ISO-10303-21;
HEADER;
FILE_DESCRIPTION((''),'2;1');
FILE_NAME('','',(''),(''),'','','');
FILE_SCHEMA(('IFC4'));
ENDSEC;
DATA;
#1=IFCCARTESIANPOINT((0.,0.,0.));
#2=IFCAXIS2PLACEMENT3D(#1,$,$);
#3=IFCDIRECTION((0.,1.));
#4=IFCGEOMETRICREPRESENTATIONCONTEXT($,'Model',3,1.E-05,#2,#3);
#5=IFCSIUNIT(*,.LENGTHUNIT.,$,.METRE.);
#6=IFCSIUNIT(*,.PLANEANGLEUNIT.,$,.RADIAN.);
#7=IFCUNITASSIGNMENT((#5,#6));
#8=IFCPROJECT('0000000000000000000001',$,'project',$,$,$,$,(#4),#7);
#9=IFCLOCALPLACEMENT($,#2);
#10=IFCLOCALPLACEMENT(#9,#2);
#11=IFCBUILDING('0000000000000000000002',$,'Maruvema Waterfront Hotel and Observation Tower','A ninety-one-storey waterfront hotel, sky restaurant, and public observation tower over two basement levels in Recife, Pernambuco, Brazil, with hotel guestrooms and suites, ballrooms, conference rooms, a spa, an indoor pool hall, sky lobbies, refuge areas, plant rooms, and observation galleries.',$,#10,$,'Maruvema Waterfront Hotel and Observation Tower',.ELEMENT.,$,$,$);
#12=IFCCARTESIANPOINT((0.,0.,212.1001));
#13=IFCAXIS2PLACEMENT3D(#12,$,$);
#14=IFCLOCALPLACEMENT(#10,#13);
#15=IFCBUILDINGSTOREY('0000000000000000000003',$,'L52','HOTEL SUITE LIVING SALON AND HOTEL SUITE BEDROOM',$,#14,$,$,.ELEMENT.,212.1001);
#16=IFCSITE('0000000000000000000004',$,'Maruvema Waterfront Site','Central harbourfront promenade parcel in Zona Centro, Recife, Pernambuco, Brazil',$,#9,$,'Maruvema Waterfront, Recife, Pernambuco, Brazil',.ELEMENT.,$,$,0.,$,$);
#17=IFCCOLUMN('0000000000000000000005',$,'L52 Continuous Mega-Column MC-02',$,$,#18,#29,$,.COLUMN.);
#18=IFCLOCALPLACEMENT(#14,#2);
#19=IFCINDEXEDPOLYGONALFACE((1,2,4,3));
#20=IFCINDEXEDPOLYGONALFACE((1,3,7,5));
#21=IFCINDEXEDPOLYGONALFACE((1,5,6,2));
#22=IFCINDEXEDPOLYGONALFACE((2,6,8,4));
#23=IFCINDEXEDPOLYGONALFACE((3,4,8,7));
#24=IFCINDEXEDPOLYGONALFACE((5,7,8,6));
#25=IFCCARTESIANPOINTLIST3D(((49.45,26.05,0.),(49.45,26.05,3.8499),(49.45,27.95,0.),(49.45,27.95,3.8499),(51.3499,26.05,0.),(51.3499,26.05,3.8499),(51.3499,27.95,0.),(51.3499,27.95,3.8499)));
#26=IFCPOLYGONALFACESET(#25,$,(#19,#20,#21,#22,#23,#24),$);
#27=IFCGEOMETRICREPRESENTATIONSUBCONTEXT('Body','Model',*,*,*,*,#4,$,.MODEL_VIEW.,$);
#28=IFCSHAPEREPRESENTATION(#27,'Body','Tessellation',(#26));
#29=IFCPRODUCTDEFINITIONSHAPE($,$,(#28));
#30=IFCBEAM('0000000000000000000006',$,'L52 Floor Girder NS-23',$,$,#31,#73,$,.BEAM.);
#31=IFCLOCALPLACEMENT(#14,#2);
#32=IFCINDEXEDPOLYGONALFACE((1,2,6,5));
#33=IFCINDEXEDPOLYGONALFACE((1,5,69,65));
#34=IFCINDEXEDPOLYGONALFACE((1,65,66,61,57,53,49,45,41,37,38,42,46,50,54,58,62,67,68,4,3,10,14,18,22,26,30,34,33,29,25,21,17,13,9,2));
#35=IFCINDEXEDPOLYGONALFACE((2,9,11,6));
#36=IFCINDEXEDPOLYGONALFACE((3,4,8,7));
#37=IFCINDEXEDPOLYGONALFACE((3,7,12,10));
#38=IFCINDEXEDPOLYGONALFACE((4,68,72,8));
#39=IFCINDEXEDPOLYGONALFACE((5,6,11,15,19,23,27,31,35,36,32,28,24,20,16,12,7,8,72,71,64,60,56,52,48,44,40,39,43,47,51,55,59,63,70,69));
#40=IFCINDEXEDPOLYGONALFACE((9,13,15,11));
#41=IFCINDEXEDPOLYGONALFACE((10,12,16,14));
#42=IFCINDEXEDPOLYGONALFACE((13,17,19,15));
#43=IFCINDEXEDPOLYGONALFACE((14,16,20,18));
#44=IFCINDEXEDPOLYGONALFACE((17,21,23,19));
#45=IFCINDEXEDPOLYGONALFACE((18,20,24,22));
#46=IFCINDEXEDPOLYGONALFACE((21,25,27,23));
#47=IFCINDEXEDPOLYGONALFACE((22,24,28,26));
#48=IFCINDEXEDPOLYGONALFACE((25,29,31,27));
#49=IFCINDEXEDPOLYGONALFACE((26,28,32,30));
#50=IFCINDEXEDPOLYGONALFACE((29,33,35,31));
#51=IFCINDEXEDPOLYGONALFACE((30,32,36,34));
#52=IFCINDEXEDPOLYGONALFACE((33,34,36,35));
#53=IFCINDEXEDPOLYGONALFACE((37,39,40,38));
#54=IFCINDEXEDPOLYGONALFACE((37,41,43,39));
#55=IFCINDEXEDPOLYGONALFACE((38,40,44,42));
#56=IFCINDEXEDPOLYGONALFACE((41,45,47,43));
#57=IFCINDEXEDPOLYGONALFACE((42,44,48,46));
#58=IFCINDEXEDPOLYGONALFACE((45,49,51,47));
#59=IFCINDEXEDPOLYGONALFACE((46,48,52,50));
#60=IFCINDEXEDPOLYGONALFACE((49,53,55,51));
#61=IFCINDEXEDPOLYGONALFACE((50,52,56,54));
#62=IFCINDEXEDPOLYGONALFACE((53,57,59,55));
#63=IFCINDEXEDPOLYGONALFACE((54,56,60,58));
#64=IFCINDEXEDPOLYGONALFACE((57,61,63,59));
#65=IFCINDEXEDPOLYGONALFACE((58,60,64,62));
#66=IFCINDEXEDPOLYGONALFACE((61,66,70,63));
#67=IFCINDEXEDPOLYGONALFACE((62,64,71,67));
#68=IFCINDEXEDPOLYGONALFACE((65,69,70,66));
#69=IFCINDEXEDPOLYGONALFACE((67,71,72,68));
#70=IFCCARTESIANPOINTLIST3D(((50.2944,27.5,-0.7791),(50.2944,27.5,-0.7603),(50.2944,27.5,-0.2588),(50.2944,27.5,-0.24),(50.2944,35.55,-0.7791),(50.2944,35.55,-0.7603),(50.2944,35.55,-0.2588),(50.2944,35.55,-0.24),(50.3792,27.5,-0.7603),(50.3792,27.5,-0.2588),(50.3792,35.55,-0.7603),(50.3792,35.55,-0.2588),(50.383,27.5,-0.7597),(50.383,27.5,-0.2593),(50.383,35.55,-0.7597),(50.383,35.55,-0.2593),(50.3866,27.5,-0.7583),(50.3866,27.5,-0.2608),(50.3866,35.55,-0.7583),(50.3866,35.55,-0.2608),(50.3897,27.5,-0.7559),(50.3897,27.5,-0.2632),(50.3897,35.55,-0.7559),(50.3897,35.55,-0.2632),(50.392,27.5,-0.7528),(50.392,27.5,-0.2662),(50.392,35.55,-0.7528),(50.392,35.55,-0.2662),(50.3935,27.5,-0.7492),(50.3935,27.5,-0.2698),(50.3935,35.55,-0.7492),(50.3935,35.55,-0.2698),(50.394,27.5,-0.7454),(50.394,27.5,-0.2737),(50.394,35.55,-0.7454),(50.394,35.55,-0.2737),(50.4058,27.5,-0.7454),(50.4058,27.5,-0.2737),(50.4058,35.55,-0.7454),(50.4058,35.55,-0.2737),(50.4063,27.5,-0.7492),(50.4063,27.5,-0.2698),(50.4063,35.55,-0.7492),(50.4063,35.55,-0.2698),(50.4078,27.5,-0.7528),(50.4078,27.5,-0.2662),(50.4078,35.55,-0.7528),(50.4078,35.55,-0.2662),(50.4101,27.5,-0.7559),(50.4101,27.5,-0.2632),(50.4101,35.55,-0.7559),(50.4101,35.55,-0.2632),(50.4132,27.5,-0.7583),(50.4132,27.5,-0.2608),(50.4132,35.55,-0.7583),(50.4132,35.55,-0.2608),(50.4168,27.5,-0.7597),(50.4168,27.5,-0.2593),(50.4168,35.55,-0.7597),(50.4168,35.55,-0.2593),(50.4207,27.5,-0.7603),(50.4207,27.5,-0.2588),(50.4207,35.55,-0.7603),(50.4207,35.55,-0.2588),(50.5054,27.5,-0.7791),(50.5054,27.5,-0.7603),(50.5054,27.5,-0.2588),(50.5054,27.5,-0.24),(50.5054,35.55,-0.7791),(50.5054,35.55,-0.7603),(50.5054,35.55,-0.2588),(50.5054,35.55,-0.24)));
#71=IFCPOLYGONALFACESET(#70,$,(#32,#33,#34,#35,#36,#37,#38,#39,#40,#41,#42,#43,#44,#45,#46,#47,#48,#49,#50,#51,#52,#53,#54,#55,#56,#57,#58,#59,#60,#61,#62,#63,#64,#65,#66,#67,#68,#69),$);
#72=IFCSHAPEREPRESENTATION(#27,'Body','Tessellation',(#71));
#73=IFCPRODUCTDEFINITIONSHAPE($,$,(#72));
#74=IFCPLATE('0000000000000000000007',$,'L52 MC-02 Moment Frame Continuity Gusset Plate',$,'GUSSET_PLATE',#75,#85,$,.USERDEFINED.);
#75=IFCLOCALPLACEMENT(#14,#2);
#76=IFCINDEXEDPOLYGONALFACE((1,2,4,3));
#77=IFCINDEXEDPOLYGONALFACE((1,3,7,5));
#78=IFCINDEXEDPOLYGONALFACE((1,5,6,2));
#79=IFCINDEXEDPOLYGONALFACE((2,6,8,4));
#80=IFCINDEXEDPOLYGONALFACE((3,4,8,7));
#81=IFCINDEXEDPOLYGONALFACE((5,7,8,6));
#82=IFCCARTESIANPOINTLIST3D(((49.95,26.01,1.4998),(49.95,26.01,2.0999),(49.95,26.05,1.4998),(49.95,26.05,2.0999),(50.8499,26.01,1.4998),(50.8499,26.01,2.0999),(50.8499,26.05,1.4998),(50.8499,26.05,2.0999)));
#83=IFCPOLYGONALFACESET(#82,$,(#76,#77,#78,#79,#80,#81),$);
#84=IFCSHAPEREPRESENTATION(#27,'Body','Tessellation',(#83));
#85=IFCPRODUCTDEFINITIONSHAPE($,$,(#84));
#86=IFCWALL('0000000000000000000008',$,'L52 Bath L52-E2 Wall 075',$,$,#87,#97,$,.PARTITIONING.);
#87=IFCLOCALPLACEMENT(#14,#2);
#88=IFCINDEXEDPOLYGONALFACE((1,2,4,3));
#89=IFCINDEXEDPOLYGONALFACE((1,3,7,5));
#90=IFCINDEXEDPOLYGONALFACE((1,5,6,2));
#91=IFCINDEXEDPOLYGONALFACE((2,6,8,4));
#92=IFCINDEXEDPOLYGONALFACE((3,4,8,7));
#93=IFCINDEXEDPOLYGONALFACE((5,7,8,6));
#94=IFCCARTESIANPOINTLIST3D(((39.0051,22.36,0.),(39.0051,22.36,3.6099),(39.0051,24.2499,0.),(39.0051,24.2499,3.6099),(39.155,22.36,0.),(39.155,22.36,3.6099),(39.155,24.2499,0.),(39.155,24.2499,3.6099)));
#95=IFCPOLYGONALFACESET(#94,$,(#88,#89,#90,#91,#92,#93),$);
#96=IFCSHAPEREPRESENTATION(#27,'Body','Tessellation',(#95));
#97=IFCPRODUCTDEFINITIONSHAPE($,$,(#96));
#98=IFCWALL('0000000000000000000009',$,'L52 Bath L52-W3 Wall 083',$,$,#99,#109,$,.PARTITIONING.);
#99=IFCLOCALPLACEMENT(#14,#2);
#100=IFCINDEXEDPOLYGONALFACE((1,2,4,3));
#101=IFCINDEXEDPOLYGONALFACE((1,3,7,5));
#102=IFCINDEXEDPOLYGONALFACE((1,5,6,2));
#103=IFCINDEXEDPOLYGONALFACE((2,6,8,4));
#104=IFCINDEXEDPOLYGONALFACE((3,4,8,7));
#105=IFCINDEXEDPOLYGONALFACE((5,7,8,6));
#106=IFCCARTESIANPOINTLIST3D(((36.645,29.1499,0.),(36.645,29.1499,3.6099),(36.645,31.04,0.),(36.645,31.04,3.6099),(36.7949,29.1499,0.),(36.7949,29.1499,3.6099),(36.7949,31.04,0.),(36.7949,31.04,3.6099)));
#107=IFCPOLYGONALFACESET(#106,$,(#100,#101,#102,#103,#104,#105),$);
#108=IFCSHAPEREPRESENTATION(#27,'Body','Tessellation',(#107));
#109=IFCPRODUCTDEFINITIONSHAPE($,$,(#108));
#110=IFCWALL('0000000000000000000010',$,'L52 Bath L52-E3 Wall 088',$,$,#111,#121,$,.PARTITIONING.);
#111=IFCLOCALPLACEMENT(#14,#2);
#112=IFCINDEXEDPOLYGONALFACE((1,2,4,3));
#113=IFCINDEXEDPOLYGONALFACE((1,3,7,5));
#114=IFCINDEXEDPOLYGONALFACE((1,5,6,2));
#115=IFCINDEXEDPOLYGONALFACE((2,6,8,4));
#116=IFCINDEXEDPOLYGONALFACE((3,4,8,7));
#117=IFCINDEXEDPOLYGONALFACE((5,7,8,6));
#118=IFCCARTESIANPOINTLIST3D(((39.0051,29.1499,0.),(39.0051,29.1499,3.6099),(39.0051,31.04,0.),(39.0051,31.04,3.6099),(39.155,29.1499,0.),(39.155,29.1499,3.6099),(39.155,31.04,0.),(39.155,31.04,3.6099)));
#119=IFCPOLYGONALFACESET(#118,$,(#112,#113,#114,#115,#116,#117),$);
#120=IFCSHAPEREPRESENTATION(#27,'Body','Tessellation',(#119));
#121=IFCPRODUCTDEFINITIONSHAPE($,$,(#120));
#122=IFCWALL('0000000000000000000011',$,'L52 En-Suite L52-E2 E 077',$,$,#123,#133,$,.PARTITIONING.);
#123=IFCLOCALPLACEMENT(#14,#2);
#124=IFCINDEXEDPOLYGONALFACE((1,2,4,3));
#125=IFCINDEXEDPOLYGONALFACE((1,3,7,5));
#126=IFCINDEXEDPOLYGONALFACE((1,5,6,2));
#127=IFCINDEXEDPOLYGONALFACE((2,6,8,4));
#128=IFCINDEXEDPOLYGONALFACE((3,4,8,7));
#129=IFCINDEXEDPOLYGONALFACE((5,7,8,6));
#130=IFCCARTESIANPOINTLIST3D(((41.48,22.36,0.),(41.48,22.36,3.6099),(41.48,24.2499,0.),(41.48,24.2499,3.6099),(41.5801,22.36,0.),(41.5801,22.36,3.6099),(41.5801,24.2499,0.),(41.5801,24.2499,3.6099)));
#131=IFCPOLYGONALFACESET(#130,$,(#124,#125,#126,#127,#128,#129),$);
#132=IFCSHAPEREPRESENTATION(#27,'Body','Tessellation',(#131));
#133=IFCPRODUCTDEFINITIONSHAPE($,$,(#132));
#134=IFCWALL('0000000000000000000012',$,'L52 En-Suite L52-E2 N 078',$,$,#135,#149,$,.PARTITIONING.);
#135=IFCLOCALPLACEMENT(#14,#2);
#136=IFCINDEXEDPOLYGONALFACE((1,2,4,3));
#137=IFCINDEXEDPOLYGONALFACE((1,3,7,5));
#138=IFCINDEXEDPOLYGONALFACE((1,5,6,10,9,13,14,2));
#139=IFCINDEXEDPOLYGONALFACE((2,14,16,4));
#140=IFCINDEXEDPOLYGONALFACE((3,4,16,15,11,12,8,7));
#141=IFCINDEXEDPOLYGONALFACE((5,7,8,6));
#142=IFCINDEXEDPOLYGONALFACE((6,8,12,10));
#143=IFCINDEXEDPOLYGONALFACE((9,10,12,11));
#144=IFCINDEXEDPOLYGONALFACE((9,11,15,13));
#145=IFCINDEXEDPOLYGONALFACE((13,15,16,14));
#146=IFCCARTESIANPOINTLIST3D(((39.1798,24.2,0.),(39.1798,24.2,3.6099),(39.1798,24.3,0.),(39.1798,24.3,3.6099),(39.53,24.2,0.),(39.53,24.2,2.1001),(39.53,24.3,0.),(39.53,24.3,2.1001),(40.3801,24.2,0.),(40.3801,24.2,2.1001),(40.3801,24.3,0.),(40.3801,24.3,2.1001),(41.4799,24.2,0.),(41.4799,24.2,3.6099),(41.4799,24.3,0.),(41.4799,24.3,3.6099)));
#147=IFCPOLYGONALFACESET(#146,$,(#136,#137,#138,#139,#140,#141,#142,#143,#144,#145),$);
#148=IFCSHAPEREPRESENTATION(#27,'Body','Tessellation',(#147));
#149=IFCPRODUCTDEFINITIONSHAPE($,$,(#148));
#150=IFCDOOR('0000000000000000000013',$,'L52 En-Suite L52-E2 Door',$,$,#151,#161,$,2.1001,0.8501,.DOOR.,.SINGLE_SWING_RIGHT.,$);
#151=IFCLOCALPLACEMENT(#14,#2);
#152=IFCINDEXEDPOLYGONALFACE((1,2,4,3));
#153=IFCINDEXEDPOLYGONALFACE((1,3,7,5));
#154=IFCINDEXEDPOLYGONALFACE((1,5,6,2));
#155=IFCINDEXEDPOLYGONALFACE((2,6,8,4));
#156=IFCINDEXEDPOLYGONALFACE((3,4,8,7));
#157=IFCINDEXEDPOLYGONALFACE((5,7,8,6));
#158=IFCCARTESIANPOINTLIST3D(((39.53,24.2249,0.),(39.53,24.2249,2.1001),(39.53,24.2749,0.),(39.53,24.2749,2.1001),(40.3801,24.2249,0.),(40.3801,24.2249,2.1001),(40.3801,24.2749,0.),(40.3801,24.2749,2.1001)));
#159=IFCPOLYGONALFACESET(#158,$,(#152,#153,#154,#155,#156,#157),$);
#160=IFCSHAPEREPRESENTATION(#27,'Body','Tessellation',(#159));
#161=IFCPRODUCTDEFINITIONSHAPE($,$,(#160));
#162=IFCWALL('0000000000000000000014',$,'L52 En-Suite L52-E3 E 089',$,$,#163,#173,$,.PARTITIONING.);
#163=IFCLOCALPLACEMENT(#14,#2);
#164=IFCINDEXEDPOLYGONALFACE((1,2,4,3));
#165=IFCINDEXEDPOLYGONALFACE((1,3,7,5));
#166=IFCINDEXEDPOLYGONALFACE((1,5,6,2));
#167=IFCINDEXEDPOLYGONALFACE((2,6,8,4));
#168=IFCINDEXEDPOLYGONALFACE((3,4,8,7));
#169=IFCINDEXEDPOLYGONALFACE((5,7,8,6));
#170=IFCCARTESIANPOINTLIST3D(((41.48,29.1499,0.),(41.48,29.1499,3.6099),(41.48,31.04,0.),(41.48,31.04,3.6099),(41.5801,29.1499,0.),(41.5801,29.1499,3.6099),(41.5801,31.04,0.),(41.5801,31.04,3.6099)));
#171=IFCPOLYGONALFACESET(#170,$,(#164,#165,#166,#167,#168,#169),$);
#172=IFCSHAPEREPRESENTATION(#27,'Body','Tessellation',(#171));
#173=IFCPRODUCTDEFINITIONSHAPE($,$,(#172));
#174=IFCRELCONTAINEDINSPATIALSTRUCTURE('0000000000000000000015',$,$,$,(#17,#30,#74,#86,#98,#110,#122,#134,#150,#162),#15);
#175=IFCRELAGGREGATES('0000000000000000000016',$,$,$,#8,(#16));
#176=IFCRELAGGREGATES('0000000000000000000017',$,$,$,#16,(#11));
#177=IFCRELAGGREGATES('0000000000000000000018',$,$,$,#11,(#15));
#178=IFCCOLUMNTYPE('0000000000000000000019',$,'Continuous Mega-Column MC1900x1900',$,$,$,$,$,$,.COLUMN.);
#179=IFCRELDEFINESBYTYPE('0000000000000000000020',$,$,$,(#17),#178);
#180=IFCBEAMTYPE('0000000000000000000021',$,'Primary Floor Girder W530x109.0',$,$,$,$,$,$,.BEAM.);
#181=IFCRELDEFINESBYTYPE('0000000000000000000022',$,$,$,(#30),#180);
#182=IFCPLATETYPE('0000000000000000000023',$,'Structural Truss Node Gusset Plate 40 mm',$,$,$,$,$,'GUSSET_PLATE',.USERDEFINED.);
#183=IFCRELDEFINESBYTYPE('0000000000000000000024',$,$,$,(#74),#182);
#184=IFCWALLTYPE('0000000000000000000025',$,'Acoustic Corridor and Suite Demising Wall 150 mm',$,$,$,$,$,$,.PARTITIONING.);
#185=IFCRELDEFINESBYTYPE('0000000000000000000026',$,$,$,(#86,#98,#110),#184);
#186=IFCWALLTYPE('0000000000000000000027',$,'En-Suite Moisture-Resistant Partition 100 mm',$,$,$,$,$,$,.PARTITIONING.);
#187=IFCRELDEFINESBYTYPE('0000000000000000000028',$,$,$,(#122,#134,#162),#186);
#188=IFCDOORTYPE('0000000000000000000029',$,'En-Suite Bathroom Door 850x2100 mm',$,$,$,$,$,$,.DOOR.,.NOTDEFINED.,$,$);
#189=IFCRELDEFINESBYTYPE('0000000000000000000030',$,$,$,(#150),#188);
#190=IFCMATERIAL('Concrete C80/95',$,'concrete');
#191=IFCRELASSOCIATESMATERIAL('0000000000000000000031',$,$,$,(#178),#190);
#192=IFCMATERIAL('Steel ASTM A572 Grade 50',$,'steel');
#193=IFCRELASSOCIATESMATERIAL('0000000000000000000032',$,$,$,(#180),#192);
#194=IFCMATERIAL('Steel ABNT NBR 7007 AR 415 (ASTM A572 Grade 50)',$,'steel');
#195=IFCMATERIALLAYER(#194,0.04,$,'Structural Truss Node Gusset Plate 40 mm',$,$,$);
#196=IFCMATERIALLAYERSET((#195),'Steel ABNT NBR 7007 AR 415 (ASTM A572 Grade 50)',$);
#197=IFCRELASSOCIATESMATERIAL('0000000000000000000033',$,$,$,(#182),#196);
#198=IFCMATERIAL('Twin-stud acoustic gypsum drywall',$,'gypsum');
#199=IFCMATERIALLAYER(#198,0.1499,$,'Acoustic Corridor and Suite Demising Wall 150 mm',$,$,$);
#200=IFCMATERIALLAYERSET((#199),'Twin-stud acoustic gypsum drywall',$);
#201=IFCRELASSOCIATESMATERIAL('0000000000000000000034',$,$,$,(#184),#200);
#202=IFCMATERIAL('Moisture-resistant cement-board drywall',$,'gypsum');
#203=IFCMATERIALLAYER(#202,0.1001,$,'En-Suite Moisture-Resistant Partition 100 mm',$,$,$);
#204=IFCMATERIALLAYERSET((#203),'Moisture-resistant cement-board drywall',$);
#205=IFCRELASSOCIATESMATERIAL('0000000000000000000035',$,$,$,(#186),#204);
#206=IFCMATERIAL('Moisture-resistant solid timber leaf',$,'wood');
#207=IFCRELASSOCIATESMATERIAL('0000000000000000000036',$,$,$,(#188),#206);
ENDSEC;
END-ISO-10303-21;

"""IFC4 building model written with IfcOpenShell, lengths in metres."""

from ifc_helpers import new_model, si_unit, direction, frame, frame_2d, origin, origin_2d, place, context, subcontext, project, spatial, rectangle, i_section, extrude, material, layer, layer_set, material_profile, profile_set, type_object, element, fill, save


model = new_model("IFC4")

# Units and contexts
model_context = context("Model", 3, precision=1e-05, world=origin(), true_north=direction((0.0, 1.0)))
body_context = subcontext(model_context, "Body", "Model", "MODEL_VIEW")
ifc_project = project(units=[si_unit("LENGTHUNIT", "METRE"), si_unit("PLANEANGLEUNIT", "RADIAN")], contexts=[model_context])

# Site, building, storey
site_placement = place(None, origin())
site = spatial("IfcSite", under=ifc_project, at=site_placement, Name="Maruvema Waterfront Site", Description="Central harbourfront promenade parcel in Zona Centro, Recife, Pernambuco, Brazil", LongName="Maruvema Waterfront, Recife, Pernambuco, Brazil", CompositionType="ELEMENT", RefElevation=0.0)
building_placement = place(site_placement, origin())
building = spatial("IfcBuilding", under=site, at=building_placement, Name="Maruvema Waterfront Hotel and Observation Tower", Description="A ninety-one-storey waterfront hotel, sky restaurant, and public observation tower over two basement levels in Recife, Pernambuco, Brazil, with hotel guestrooms and suites, ballrooms, conference rooms, a spa, an indoor pool hall, sky lobbies, refuge areas, plant rooms, and observation galleries.", LongName="Maruvema Waterfront Hotel and Observation Tower", CompositionType="ELEMENT")
storey_placement = place(building_placement, frame((0.0, 0.0, 212.1001)))
storey = spatial("IfcBuildingStorey", under=building, at=storey_placement, Name="L52", Description="HOTEL SUITE LIVING SALON AND HOTEL SUITE BEDROOM", CompositionType="ELEMENT", Elevation=212.1001)

# Column
ifc_material_1 = material(Name="Concrete C80/95", Category="concrete")
ifc_material_profile_1 = material_profile(ifc_material_1, rectangle(XDim=1.8999, YDim=1.8999, at=origin_2d()), Name="MC1900x1900")
ifc_profile_set_1 = profile_set([ifc_material_profile_1], Name="Concrete C80/95")
column_type = type_object("IfcColumnType", Name="Continuous Mega-Column MC1900x1900", PredefinedType="COLUMN", material=ifc_profile_set_1)
column_placement = place(storey_placement, frame((50.3999, 27.0, 0.0), z_axis=(0.0, 0.0, 1.0), x_axis=(1.0, 0.0, 0.0)))
element("IfcColumn", 1, at=column_placement, inside=storey, type_object=column_type, Name="L52 Continuous Mega-Column MC-02", PredefinedType="COLUMN", context=body_context, shape_type="SweptSolid", body=[
    extrude(rectangle(XDim=1.8999, YDim=1.8999, at=origin_2d()), origin(), (0.0, 0.0, 1.0), 3.8499),
])

# Beam
ifc_material_2 = material(Name="Steel ASTM A572 Grade 50", Category="steel")
ifc_material_profile_2 = material_profile(ifc_material_2, i_section(OverallWidth=0.2109, OverallDepth=0.5391, WebThickness=0.0117, FlangeThickness=0.0188, FilletRadius=0.0149, at=origin_2d()), Name="W530x109.0")
ifc_profile_set_2 = profile_set([ifc_material_profile_2], Name="Steel ASTM A572 Grade 50")
beam_type = type_object("IfcBeamType", Name="Primary Floor Girder W530x109.0", PredefinedType="BEAM", material=ifc_profile_set_2)
beam_placement = place(storey_placement, frame((50.3999, 27.5, -0.5095), z_axis=(0.0, 1.0, 0.0), x_axis=(-1.0, 0.0, 0.0)))
element("IfcBeam", 2, at=beam_placement, inside=storey, type_object=beam_type, Name="L52 Floor Girder NS-23", PredefinedType="BEAM", context=body_context, shape_type="SweptSolid", body=[
    extrude(i_section(OverallWidth=0.2109, OverallDepth=0.5391, WebThickness=0.0117, FlangeThickness=0.0188, FilletRadius=0.0149, at=origin_2d()), origin(), (0.0, 0.0, 1.0), 8.05),
])

# Plate
ifc_material_3 = material(Name="Steel ABNT NBR 7007 AR 415 (ASTM A572 Grade 50)", Category="steel")
ifc_layer_1 = layer(ifc_material_3, 0.04, Name="Structural Truss Node Gusset Plate 40 mm")
ifc_layer_set_1 = layer_set([ifc_layer_1], Name="Steel ABNT NBR 7007 AR 415 (ASTM A572 Grade 50)")
plate_type = type_object("IfcPlateType", Name="Structural Truss Node Gusset Plate 40 mm", ElementType="GUSSET_PLATE", PredefinedType="USERDEFINED", material=ifc_layer_set_1)
plate_placement = place(storey_placement, frame((50.3999, 26.03, 1.4998), z_axis=(0.0, 0.0, 1.0), x_axis=(1.0, 0.0, 0.0)))
element("IfcPlate", 3, at=plate_placement, inside=storey, type_object=plate_type, Name="L52 MC-02 Moment Frame Continuity Gusset Plate", ObjectType="GUSSET_PLATE", PredefinedType="USERDEFINED", context=body_context, shape_type="SweptSolid", body=[
    extrude(rectangle(XDim=0.8999, YDim=0.04, at=origin_2d()), origin(), (0.0, 0.0, 1.0), 0.6001),
])

# Wall
ifc_material_4 = material(Name="Twin-stud acoustic gypsum drywall", Category="gypsum")
ifc_layer_2 = layer(ifc_material_4, 0.1499, Name="Acoustic Corridor and Suite Demising Wall 150 mm")
ifc_layer_set_2 = layer_set([ifc_layer_2], Name="Twin-stud acoustic gypsum drywall")
wall_type_1 = type_object("IfcWallType", Name="Acoustic Corridor and Suite Demising Wall 150 mm", PredefinedType="PARTITIONING", material=ifc_layer_set_2)
wall_1_placement = place(storey_placement, frame((39.0801, 22.3601, 0.0), z_axis=(0.0, 0.0, 1.0), x_axis=(0.0, 1.0, 0.0)))
element("IfcWall", 4, at=wall_1_placement, inside=storey, type_object=wall_type_1, Name="L52 Bath L52-E2 Wall 075", PredefinedType="PARTITIONING", context=body_context, shape_type="SweptSolid", body=[
    extrude(rectangle(XDim=1.8899, YDim=0.1499, at=frame_2d((0.9448, 0.0))), origin(), (0.0, 0.0, 1.0), 3.6099),
])

# Wall
wall_2_placement = place(storey_placement, frame((36.72, 29.1499, 0.0), z_axis=(0.0, 0.0, 1.0), x_axis=(0.0, 1.0, 0.0)))
element("IfcWall", 5, at=wall_2_placement, inside=storey, type_object=wall_type_1, Name="L52 Bath L52-W3 Wall 083", PredefinedType="PARTITIONING", context=body_context, shape_type="SweptSolid", body=[
    extrude(rectangle(XDim=1.8901, YDim=0.1499, at=frame_2d((0.9451, 0.0))), origin(), (0.0, 0.0, 1.0), 3.6099),
])

# Walls
wall_3_placement = place(storey_placement, frame((39.0801, 29.1499, 0.0), z_axis=(0.0, 0.0, 1.0), x_axis=(0.0, 1.0, 0.0)))
element("IfcWall", 6, at=wall_3_placement, inside=storey, type_object=wall_type_1, Name="L52 Bath L52-E3 Wall 088", PredefinedType="PARTITIONING", context=body_context, shape_type="SweptSolid", body=[
    extrude(rectangle(XDim=1.8901, YDim=0.1499, at=frame_2d((0.9451, 0.0))), origin(), (0.0, 0.0, 1.0), 3.6099),
])
ifc_material_5 = material(Name="Moisture-resistant cement-board drywall", Category="gypsum")
ifc_layer_3 = layer(ifc_material_5, 0.1001, Name="En-Suite Moisture-Resistant Partition 100 mm")
ifc_layer_set_3 = layer_set([ifc_layer_3], Name="Moisture-resistant cement-board drywall")
wall_type_2 = type_object("IfcWallType", Name="En-Suite Moisture-Resistant Partition 100 mm", PredefinedType="PARTITIONING", material=ifc_layer_set_3)
wall_4_placement = place(storey_placement, frame((41.53, 22.3601, 0.0), z_axis=(0.0, 0.0, 1.0), x_axis=(0.0, 1.0, 0.0)))
element("IfcWall", 7, at=wall_4_placement, inside=storey, type_object=wall_type_2, Name="L52 En-Suite L52-E2 E 077", PredefinedType="PARTITIONING", context=body_context, shape_type="SweptSolid", body=[
    extrude(rectangle(XDim=1.8899, YDim=0.1001, at=frame_2d((0.9448, 0.0))), origin(), (0.0, 0.0, 1.0), 3.6099),
])

# Wall, opening, door
wall_5_placement = place(storey_placement, frame((39.1799, 24.25, 0.0), z_axis=(0.0, 0.0, 1.0), x_axis=(1.0, 0.0, 0.0)))
wall_5 = element("IfcWall", 8, at=wall_5_placement, inside=storey, type_object=wall_type_2, Name="L52 En-Suite L52-E2 N 078", PredefinedType="PARTITIONING", context=body_context, shape_type="SweptSolid", body=[
    extrude(rectangle(XDim=2.3, YDim=0.1001, at=frame_2d((1.1499, 0.0))), origin(), (0.0, 0.0, 1.0), 3.6099),
])
opening_1_placement = place(wall_5_placement, frame((0.3501, 0.0, 0.0)))
opening_1 = element("IfcOpeningElement", 9, at=opening_1_placement, cuts=wall_5, PredefinedType="OPENING", context=body_context, shape_type="SweptSolid", body=[
    extrude(rectangle(XDim=0.8501, YDim=2.1001, at=frame_2d((0.425, 1.05))), frame((0.0, 0.0601, 0.0), z_axis=(0.0, -1.0, 0.0), x_axis=(1.0, 0.0, 0.0)), (0.0, 0.0, 1.0), 0.1201),
])
ifc_material_6 = material(Name="Moisture-resistant solid timber leaf", Category="wood")
door_type_1 = type_object("IfcDoorType", Name="En-Suite Bathroom Door 850x2100 mm", OperationType="NOTDEFINED", PredefinedType="DOOR", material=ifc_material_6)
door_1_placement = place(opening_1_placement, origin())
door_1 = element("IfcDoor", 10, at=door_1_placement, inside=storey, type_object=door_type_1, Name="L52 En-Suite L52-E2 Door", OperationType="SINGLE_SWING_RIGHT", OverallHeight=2.1001, OverallWidth=0.8501, PredefinedType="DOOR", context=body_context, shape_type="SweptSolid", body=[
    extrude(rectangle(XDim=0.8501, YDim=2.1001, at=frame_2d((0.425, 1.05))), frame((0.0, 0.0249, 0.0), z_axis=(0.0, -1.0, 0.0), x_axis=(1.0, 0.0, 0.0)), (0.0, 0.0, 1.0), 0.05),
])
fill(opening_1, door_1)

# Wall
wall_6_placement = place(storey_placement, frame((41.53, 29.1499, 0.0), z_axis=(0.0, 0.0, 1.0), x_axis=(0.0, 1.0, 0.0)))
element("IfcWall", 11, at=wall_6_placement, inside=storey, type_object=wall_type_2, Name="L52 En-Suite L52-E3 E 089", PredefinedType="PARTITIONING", context=body_context, shape_type="SweptSolid", body=[
    extrude(rectangle(XDim=1.8901, YDim=0.1001, at=frame_2d((0.9451, 0.0))), origin(), (0.0, 0.0, 1.0), 3.6099),
])

save(model, "model.ifc")
